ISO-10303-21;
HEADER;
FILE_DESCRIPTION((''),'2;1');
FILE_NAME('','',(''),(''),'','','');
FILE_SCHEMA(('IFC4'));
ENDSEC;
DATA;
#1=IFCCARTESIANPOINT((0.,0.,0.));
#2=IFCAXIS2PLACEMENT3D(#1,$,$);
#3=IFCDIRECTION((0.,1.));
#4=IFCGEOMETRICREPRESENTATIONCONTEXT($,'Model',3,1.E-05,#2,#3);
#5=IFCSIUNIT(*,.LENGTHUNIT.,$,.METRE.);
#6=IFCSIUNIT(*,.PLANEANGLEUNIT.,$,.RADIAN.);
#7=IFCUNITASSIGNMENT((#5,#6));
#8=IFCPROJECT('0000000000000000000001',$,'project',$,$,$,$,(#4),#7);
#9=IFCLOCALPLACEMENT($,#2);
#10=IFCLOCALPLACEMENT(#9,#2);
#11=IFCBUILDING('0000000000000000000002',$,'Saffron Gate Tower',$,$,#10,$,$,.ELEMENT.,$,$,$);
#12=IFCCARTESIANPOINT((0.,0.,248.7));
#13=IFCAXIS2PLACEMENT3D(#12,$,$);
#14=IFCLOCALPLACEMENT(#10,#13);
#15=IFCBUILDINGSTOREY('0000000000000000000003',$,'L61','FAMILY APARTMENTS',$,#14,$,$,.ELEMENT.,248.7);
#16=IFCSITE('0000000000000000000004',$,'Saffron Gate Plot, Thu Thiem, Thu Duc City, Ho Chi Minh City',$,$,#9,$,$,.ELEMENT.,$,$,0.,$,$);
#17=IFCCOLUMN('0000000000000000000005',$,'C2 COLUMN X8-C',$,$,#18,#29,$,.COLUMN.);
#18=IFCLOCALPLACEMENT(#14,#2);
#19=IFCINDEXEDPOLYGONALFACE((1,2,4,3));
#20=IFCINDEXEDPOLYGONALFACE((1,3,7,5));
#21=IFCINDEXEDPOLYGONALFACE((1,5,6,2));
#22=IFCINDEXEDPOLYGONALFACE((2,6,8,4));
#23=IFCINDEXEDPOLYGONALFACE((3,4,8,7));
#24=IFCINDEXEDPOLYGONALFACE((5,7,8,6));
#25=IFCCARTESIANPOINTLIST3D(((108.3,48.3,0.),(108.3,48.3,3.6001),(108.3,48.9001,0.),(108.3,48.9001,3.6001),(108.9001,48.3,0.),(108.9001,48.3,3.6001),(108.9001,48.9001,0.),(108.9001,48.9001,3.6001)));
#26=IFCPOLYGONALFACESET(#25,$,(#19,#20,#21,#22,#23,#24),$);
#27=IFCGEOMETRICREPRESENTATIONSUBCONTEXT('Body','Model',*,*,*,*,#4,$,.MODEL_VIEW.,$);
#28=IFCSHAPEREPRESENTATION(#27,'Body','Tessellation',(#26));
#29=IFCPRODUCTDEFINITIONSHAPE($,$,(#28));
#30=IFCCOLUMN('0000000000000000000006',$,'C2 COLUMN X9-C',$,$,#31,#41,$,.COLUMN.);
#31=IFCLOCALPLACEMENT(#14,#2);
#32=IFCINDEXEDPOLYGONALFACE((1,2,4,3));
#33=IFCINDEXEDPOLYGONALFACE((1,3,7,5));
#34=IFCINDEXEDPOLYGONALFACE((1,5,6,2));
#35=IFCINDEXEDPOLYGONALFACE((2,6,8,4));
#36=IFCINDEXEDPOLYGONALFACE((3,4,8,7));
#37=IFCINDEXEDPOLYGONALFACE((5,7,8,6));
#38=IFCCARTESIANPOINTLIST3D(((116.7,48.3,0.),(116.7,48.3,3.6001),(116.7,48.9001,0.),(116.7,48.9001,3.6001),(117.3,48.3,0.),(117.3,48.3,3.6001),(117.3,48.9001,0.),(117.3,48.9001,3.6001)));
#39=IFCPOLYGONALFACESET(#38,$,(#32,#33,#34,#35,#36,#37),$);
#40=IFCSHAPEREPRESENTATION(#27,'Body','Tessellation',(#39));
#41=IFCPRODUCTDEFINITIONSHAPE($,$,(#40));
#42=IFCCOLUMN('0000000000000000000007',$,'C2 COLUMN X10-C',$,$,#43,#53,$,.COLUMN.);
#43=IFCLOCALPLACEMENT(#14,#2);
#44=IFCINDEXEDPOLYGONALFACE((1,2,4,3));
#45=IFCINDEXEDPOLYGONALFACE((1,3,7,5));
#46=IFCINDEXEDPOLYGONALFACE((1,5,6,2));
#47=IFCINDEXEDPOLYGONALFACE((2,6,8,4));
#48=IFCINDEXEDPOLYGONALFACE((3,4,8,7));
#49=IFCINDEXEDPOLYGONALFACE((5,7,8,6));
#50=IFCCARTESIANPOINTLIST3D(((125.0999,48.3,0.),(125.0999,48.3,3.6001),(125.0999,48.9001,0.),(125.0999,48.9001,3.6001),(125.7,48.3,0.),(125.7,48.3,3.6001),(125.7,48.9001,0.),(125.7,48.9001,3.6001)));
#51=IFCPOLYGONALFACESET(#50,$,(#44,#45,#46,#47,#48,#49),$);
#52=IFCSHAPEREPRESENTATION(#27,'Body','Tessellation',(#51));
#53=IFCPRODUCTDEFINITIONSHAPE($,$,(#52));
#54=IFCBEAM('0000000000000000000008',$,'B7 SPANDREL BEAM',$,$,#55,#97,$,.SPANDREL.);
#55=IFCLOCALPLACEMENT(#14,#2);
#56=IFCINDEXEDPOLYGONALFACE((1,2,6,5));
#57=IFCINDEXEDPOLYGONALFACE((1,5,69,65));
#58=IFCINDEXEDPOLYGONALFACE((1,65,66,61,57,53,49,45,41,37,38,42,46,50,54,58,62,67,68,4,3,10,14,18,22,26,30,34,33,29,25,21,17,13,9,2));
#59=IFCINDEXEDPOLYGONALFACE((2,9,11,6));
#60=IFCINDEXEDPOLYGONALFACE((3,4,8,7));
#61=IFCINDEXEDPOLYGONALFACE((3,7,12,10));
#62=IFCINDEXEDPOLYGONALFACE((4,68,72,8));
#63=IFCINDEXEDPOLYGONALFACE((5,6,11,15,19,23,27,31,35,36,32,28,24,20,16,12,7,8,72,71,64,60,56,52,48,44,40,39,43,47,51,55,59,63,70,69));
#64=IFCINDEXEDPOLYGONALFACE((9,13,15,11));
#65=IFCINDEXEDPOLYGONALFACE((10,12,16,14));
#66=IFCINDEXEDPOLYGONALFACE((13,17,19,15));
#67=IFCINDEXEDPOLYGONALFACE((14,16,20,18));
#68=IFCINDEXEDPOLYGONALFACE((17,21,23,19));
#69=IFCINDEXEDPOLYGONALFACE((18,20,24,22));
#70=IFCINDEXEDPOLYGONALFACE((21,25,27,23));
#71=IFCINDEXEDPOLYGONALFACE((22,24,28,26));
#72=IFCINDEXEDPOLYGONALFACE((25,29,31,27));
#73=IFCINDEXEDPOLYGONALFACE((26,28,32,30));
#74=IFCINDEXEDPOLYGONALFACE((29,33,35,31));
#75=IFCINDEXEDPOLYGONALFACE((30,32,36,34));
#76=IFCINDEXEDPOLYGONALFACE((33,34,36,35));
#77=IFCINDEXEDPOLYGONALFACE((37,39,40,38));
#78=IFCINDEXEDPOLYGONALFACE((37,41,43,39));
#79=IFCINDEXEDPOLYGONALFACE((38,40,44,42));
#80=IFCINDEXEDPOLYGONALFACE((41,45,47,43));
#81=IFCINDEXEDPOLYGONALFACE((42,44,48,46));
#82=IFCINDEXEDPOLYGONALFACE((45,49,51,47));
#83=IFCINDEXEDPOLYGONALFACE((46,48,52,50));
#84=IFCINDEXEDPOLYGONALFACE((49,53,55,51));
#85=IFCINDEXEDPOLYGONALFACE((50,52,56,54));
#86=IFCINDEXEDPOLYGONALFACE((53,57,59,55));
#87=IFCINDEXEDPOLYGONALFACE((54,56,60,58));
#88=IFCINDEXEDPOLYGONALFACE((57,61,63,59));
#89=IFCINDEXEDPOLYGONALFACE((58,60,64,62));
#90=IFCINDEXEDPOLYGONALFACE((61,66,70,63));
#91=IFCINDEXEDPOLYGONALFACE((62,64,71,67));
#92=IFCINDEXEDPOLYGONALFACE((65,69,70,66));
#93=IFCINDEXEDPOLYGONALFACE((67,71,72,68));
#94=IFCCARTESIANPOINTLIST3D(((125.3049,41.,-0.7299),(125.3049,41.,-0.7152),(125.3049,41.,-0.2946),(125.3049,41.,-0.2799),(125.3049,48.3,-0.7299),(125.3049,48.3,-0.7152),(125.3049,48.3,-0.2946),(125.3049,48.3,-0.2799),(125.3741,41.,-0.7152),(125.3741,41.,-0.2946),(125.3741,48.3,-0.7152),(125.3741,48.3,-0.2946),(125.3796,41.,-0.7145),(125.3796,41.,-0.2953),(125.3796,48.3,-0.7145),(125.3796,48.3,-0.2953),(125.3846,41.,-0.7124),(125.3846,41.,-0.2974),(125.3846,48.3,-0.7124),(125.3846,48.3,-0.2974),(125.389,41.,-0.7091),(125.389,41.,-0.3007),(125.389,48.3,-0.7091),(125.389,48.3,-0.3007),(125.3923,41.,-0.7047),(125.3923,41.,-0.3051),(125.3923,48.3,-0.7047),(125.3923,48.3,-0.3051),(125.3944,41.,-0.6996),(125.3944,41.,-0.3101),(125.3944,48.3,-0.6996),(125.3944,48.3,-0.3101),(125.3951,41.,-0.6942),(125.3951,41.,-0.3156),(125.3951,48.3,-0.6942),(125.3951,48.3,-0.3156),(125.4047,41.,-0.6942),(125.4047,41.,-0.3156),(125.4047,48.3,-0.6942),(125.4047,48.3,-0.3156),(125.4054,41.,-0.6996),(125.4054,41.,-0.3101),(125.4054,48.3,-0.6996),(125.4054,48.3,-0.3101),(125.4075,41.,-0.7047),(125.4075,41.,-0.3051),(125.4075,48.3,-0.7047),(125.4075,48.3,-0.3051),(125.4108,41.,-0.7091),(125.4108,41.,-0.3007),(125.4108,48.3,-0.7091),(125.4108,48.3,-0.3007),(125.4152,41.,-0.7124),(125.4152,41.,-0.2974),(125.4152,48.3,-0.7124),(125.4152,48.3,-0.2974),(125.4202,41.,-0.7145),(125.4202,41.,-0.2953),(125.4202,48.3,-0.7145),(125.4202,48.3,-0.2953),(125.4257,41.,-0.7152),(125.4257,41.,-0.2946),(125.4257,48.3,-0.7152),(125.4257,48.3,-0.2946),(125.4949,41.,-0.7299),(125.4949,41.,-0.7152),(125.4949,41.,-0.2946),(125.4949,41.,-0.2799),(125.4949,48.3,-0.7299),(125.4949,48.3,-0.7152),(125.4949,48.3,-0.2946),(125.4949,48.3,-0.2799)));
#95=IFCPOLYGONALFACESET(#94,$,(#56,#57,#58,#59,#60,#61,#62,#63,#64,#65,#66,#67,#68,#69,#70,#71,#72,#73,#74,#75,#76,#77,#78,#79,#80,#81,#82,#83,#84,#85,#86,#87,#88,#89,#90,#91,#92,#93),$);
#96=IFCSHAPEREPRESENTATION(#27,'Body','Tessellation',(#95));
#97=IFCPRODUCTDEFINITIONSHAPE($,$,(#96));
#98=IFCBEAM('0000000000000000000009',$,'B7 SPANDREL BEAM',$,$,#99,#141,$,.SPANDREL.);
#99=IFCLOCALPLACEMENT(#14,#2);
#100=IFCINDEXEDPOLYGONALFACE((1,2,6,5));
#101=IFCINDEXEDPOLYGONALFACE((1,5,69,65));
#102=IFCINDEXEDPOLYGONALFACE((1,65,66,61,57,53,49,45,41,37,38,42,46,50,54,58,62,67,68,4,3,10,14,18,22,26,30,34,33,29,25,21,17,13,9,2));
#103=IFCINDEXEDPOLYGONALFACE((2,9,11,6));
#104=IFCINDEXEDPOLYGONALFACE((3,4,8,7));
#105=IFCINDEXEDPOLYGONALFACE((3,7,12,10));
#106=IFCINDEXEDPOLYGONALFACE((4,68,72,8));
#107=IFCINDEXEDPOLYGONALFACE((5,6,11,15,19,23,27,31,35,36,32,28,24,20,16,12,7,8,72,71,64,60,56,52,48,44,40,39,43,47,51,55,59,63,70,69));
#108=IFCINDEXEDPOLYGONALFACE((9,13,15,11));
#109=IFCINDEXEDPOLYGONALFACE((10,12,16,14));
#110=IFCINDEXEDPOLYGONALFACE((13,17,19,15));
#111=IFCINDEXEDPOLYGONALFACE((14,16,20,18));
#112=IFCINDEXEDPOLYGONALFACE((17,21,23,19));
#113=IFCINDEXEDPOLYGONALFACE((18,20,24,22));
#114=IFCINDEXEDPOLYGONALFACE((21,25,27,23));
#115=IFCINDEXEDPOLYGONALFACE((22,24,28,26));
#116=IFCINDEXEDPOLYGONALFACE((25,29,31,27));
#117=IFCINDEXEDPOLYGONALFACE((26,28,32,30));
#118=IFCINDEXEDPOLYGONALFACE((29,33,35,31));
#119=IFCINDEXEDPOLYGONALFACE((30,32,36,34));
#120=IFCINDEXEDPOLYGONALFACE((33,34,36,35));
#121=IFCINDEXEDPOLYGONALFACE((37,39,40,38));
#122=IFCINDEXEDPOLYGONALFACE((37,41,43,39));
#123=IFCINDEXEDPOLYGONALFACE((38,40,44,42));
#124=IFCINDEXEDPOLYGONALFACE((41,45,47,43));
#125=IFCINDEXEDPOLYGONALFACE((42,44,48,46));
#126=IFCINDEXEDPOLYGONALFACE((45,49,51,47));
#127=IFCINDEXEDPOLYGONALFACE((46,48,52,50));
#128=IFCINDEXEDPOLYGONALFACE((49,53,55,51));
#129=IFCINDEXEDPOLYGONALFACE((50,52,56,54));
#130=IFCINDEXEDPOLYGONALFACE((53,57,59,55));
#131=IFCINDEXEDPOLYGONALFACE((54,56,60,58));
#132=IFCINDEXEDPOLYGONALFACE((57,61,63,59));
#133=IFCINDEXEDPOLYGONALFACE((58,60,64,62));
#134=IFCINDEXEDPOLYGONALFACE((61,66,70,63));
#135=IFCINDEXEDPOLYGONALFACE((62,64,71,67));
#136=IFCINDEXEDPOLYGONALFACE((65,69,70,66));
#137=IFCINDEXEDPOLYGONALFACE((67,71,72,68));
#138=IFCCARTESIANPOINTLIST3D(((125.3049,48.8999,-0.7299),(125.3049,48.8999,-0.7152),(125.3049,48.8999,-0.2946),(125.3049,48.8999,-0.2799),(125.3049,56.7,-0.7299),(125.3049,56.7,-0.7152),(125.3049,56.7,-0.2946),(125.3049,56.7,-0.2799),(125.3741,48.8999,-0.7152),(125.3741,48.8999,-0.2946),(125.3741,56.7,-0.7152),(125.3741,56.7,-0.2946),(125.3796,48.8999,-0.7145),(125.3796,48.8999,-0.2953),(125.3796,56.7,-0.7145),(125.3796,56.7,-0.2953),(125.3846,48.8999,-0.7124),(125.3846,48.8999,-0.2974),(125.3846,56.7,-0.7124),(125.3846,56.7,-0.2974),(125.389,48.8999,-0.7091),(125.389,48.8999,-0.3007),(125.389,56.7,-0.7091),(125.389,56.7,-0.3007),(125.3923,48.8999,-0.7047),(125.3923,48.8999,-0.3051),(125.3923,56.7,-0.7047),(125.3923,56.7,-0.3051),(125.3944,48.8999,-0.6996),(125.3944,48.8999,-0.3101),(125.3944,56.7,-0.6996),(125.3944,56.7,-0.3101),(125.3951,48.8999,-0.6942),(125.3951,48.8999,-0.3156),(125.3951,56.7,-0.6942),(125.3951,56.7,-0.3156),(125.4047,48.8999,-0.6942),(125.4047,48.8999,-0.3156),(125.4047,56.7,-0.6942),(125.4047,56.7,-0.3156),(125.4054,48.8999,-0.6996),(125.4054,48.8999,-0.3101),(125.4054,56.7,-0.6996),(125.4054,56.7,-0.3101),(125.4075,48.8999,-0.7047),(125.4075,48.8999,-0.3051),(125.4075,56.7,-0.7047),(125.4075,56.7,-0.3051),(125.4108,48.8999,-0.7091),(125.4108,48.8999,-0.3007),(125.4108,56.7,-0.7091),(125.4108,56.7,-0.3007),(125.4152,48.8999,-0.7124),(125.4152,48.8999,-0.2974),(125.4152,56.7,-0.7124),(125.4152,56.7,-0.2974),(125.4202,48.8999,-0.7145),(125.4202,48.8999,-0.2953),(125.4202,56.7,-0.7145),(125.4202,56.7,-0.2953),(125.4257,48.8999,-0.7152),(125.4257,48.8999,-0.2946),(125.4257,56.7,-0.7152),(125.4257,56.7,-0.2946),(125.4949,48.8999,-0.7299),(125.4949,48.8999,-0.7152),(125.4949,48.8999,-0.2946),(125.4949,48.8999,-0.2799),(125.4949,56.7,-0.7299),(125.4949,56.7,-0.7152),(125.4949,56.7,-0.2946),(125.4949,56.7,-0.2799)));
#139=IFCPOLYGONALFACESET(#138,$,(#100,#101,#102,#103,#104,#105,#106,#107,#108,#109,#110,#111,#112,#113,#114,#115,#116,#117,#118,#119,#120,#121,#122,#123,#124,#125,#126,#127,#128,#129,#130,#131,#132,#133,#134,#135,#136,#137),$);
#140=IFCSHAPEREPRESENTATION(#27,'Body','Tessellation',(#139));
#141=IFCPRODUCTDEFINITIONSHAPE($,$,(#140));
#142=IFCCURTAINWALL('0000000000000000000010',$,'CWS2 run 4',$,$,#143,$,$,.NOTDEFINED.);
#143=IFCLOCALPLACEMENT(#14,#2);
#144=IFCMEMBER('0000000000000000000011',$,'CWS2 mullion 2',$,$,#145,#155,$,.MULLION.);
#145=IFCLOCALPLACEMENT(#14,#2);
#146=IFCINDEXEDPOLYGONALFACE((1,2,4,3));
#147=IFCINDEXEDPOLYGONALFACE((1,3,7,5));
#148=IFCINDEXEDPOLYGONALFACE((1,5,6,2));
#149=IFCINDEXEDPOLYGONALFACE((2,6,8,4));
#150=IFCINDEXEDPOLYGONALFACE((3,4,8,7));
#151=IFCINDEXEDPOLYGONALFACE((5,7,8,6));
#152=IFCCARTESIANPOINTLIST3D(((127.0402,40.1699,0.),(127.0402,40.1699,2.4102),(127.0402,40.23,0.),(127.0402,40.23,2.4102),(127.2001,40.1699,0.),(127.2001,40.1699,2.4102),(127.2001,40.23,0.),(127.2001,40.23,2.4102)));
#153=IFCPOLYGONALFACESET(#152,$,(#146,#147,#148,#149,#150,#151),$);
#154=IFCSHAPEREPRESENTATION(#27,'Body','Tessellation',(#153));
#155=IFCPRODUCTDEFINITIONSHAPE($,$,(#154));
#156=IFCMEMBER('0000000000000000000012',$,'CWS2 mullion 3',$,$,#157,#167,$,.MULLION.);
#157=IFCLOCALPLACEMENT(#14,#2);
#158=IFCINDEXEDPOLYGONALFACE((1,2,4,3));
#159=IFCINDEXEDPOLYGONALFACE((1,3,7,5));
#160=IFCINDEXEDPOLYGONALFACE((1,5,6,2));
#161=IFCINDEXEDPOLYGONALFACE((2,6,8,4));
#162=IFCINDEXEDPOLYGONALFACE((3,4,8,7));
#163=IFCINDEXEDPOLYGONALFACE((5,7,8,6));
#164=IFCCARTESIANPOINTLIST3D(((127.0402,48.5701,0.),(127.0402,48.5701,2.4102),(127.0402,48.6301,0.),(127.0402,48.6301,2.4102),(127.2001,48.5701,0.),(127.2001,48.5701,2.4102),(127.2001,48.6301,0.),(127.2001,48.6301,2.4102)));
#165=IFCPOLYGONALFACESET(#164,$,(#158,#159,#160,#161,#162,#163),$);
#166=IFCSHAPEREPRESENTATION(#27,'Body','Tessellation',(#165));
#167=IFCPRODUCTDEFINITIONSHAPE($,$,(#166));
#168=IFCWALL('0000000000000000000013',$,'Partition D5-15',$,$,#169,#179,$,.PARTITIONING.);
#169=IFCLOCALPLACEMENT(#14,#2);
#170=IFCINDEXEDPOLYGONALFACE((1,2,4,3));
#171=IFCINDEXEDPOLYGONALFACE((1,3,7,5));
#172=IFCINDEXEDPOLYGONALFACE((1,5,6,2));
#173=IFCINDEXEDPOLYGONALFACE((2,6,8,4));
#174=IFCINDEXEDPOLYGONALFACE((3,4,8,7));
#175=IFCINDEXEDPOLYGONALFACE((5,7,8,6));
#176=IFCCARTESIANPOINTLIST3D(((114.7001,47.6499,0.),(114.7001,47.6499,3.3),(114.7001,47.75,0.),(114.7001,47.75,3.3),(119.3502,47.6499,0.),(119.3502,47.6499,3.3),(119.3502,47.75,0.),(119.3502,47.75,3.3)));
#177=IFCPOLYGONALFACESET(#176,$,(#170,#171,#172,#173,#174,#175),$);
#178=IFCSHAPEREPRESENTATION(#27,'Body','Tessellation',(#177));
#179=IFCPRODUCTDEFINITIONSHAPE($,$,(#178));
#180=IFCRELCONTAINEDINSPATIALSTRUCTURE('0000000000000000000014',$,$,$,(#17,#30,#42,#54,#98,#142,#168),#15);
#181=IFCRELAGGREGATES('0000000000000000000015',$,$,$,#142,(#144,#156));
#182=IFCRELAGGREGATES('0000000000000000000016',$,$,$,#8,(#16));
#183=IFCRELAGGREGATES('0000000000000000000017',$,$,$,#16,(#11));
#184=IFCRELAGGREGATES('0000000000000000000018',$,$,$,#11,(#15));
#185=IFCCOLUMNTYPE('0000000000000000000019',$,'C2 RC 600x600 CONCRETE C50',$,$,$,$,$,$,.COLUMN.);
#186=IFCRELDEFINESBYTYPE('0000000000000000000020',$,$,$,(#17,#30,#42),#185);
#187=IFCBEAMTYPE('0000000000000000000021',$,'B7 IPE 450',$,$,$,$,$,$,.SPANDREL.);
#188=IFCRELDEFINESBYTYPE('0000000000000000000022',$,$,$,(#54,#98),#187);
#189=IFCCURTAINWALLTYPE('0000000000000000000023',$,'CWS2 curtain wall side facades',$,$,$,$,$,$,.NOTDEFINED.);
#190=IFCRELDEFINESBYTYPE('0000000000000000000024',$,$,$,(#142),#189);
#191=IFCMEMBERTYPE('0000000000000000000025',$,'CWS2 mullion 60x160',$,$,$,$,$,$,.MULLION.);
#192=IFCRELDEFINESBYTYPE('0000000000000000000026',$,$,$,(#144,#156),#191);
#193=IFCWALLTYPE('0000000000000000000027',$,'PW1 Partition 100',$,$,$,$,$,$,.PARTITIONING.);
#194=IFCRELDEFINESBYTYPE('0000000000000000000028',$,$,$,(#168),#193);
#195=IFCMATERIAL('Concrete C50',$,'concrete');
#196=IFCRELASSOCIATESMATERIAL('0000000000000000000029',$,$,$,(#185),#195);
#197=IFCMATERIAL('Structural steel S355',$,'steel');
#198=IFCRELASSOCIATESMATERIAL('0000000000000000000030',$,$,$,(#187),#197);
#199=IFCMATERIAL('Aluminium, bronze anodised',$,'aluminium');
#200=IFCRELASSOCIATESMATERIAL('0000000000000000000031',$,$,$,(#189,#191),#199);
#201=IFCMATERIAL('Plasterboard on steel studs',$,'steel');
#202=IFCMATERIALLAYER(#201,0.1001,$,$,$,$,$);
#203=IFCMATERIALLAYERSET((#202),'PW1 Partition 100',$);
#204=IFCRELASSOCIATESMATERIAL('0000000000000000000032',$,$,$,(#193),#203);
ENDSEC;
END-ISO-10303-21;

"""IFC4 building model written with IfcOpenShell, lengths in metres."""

from ifc_helpers import new_model, si_unit, direction, frame, frame_2d, origin, origin_2d, place, context, subcontext, project, spatial, rectangle, i_section, extrude, material, layer, layer_set, material_profile, profile_set, type_object, element, aggregate, save


model = new_model("IFC4")

# Units and contexts
model_context = context("Model", 3, precision=1e-05, world=origin(), true_north=direction((0.0, 1.0)))
body_context = subcontext(model_context, "Body", "Model", "MODEL_VIEW")
ifc_project = project(units=[si_unit("LENGTHUNIT", "METRE"), si_unit("PLANEANGLEUNIT", "RADIAN")], contexts=[model_context])

# Site, building, storey
site_placement = place(None, origin())
site = spatial("IfcSite", under=ifc_project, at=site_placement, Name="Saffron Gate Plot, Thu Thiem, Thu Duc City, Ho Chi Minh City", CompositionType="ELEMENT", RefElevation=0.0)
building_placement = place(site_placement, origin())
building = spatial("IfcBuilding", under=site, at=building_placement, Name="Saffron Gate Tower", CompositionType="ELEMENT")
storey_placement = place(building_placement, frame((0.0, 0.0, 248.7)))
storey = spatial("IfcBuildingStorey", under=building, at=storey_placement, Name="L61", Description="FAMILY APARTMENTS", CompositionType="ELEMENT", Elevation=248.7)

# Columns
ifc_material_1 = material(Name="Concrete C50", Category="concrete")
ifc_material_profile_1 = material_profile(ifc_material_1, rectangle(XDim=0.6001, YDim=0.6001, at=origin_2d()))
ifc_profile_set_1 = profile_set([ifc_material_profile_1], Name="Concrete C50")
column_type = type_object("IfcColumnType", Name="C2 RC 600x600 CONCRETE C50", PredefinedType="COLUMN", material=ifc_profile_set_1)
for number, where, z_axis, x_axis, name in (
    (1, (108.6001, 48.6001, 0.0), (0.0, 0.0, 1.0), (1.0, 0.0, 0.0), "C2 COLUMN X8-C"),
    (2, (117.0, 48.6001, 0.0), (0.0, 0.0, 1.0), (1.0, 0.0, 0.0), "C2 COLUMN X9-C"),
    (3, (125.3999, 48.6001, 0.0), (0.0, 0.0, 1.0), (1.0, 0.0, 0.0), "C2 COLUMN X10-C"),
):
    element("IfcColumn", number, at=place(storey_placement, frame(where, z_axis=z_axis, x_axis=x_axis)), inside=storey, type_object=column_type, Name=name, PredefinedType="COLUMN", context=body_context, shape_type="SweptSolid", body=[
        extrude(rectangle(XDim=0.6001, YDim=0.6001, at=origin_2d()), origin(), (0.0, 0.0, 1.0), 3.6001),
    ])

# Beams
ifc_material_2 = material(Name="Structural steel S355", Category="steel")
ifc_material_profile_2 = material_profile(ifc_material_2, i_section(OverallWidth=0.1899, OverallDepth=0.45, WebThickness=0.0095, FlangeThickness=0.0146, FilletRadius=0.021, at=origin_2d()))
ifc_profile_set_2 = profile_set([ifc_material_profile_2], Name="Structural steel S355")
beam_type = type_object("IfcBeamType", Name="B7 IPE 450", PredefinedType="SPANDREL", material=ifc_profile_set_2)
beam_1_placement = place(storey_placement, frame((125.3999, 41.0, -0.5049), z_axis=(0.0, 1.0, 0.0), x_axis=(-1.0, 0.0, 0.0)))
element("IfcBeam", 4, at=beam_1_placement, inside=storey, type_object=beam_type, Name="B7 SPANDREL BEAM", PredefinedType="SPANDREL", context=body_context, shape_type="SweptSolid", body=[
    extrude(i_section(OverallWidth=0.1899, OverallDepth=0.45, WebThickness=0.0095, FlangeThickness=0.0146, FilletRadius=0.021, at=origin_2d()), origin(), (0.0, 0.0, 1.0), 7.3),
])
beam_2_placement = place(storey_placement, frame((125.3999, 48.8999, -0.5049), z_axis=(0.0, 1.0, 0.0), x_axis=(-1.0, 0.0, 0.0)))
element("IfcBeam", 5, at=beam_2_placement, inside=storey, type_object=beam_type, Name="B7 SPANDREL BEAM", PredefinedType="SPANDREL", context=body_context, shape_type="SweptSolid", body=[
    extrude(i_section(OverallWidth=0.1899, OverallDepth=0.45, WebThickness=0.0095, FlangeThickness=0.0146, FilletRadius=0.021, at=origin_2d()), origin(), (0.0, 0.0, 1.0), 7.8),
])

# Curtain wall, members
ifc_material_3 = material(Name="Aluminium, bronze anodised", Category="aluminium")
curtain_wall_type = type_object("IfcCurtainWallType", Name="CWS2 curtain wall side facades", PredefinedType="NOTDEFINED", material=ifc_material_3)
curtain_wall_placement = place(storey_placement, origin())
curtain_wall = element("IfcCurtainWall", 6, at=curtain_wall_placement, inside=storey, type_object=curtain_wall_type, Name="CWS2 run 4", PredefinedType="NOTDEFINED")
ifc_material_profile_3 = material_profile(ifc_material_3, rectangle(XDim=0.1599, YDim=0.0601, at=origin_2d()))
ifc_profile_set_3 = profile_set([ifc_material_profile_3], Name="Aluminium, bronze anodised")
member_type = type_object("IfcMemberType", Name="CWS2 mullion 60x160", PredefinedType="MULLION", material=ifc_profile_set_3)
member_1_placement = place(storey_placement, frame((127.1201, 40.2, 0.0), z_axis=(0.0, 0.0, 1.0), x_axis=(-1.0, 0.0, 0.0)))
member_1 = element("IfcMember", 7, at=member_1_placement, type_object=member_type, Name="CWS2 mullion 2", PredefinedType="MULLION", context=body_context, shape_type="SweptSolid", body=[
    extrude(rectangle(XDim=0.1599, YDim=0.0601, at=origin_2d()), origin(), (0.0, 0.0, 1.0), 2.4102),
])
member_2_placement = place(storey_placement, frame((127.1201, 48.6001, 0.0), z_axis=(0.0, 0.0, 1.0), x_axis=(-1.0, 0.0, 0.0)))
member_2 = element("IfcMember", 8, at=member_2_placement, type_object=member_type, Name="CWS2 mullion 3", PredefinedType="MULLION", context=body_context, shape_type="SweptSolid", body=[
    extrude(rectangle(XDim=0.1599, YDim=0.0601, at=origin_2d()), origin(), (0.0, 0.0, 1.0), 2.4102),
])
aggregate(curtain_wall, [member_1, member_2])

# Wall
ifc_material_4 = material(Name="Plasterboard on steel studs", Category="steel")
ifc_layer_1 = layer(ifc_material_4, 0.1001)
ifc_layer_set_1 = layer_set([ifc_layer_1], Name="PW1 Partition 100")
wall_type_1 = type_object("IfcWallType", Name="PW1 Partition 100", PredefinedType="PARTITIONING", material=ifc_layer_set_1)
wall_1_placement = place(storey_placement, frame((114.7, 47.7, 0.0), z_axis=(0.0, 0.0, 1.0), x_axis=(1.0, 0.0, 0.0)))
element("IfcWall", 9, at=wall_1_placement, inside=storey, type_object=wall_type_1, Name="Partition D5-15", PredefinedType="PARTITIONING", context=body_context, shape_type="SweptSolid", body=[
    extrude(rectangle(XDim=4.6501, YDim=0.1001, at=frame_2d((2.3252, 0.0))), origin(), (0.0, 0.0, 1.0), 3.3),
])

save(model, "model.ifc")
